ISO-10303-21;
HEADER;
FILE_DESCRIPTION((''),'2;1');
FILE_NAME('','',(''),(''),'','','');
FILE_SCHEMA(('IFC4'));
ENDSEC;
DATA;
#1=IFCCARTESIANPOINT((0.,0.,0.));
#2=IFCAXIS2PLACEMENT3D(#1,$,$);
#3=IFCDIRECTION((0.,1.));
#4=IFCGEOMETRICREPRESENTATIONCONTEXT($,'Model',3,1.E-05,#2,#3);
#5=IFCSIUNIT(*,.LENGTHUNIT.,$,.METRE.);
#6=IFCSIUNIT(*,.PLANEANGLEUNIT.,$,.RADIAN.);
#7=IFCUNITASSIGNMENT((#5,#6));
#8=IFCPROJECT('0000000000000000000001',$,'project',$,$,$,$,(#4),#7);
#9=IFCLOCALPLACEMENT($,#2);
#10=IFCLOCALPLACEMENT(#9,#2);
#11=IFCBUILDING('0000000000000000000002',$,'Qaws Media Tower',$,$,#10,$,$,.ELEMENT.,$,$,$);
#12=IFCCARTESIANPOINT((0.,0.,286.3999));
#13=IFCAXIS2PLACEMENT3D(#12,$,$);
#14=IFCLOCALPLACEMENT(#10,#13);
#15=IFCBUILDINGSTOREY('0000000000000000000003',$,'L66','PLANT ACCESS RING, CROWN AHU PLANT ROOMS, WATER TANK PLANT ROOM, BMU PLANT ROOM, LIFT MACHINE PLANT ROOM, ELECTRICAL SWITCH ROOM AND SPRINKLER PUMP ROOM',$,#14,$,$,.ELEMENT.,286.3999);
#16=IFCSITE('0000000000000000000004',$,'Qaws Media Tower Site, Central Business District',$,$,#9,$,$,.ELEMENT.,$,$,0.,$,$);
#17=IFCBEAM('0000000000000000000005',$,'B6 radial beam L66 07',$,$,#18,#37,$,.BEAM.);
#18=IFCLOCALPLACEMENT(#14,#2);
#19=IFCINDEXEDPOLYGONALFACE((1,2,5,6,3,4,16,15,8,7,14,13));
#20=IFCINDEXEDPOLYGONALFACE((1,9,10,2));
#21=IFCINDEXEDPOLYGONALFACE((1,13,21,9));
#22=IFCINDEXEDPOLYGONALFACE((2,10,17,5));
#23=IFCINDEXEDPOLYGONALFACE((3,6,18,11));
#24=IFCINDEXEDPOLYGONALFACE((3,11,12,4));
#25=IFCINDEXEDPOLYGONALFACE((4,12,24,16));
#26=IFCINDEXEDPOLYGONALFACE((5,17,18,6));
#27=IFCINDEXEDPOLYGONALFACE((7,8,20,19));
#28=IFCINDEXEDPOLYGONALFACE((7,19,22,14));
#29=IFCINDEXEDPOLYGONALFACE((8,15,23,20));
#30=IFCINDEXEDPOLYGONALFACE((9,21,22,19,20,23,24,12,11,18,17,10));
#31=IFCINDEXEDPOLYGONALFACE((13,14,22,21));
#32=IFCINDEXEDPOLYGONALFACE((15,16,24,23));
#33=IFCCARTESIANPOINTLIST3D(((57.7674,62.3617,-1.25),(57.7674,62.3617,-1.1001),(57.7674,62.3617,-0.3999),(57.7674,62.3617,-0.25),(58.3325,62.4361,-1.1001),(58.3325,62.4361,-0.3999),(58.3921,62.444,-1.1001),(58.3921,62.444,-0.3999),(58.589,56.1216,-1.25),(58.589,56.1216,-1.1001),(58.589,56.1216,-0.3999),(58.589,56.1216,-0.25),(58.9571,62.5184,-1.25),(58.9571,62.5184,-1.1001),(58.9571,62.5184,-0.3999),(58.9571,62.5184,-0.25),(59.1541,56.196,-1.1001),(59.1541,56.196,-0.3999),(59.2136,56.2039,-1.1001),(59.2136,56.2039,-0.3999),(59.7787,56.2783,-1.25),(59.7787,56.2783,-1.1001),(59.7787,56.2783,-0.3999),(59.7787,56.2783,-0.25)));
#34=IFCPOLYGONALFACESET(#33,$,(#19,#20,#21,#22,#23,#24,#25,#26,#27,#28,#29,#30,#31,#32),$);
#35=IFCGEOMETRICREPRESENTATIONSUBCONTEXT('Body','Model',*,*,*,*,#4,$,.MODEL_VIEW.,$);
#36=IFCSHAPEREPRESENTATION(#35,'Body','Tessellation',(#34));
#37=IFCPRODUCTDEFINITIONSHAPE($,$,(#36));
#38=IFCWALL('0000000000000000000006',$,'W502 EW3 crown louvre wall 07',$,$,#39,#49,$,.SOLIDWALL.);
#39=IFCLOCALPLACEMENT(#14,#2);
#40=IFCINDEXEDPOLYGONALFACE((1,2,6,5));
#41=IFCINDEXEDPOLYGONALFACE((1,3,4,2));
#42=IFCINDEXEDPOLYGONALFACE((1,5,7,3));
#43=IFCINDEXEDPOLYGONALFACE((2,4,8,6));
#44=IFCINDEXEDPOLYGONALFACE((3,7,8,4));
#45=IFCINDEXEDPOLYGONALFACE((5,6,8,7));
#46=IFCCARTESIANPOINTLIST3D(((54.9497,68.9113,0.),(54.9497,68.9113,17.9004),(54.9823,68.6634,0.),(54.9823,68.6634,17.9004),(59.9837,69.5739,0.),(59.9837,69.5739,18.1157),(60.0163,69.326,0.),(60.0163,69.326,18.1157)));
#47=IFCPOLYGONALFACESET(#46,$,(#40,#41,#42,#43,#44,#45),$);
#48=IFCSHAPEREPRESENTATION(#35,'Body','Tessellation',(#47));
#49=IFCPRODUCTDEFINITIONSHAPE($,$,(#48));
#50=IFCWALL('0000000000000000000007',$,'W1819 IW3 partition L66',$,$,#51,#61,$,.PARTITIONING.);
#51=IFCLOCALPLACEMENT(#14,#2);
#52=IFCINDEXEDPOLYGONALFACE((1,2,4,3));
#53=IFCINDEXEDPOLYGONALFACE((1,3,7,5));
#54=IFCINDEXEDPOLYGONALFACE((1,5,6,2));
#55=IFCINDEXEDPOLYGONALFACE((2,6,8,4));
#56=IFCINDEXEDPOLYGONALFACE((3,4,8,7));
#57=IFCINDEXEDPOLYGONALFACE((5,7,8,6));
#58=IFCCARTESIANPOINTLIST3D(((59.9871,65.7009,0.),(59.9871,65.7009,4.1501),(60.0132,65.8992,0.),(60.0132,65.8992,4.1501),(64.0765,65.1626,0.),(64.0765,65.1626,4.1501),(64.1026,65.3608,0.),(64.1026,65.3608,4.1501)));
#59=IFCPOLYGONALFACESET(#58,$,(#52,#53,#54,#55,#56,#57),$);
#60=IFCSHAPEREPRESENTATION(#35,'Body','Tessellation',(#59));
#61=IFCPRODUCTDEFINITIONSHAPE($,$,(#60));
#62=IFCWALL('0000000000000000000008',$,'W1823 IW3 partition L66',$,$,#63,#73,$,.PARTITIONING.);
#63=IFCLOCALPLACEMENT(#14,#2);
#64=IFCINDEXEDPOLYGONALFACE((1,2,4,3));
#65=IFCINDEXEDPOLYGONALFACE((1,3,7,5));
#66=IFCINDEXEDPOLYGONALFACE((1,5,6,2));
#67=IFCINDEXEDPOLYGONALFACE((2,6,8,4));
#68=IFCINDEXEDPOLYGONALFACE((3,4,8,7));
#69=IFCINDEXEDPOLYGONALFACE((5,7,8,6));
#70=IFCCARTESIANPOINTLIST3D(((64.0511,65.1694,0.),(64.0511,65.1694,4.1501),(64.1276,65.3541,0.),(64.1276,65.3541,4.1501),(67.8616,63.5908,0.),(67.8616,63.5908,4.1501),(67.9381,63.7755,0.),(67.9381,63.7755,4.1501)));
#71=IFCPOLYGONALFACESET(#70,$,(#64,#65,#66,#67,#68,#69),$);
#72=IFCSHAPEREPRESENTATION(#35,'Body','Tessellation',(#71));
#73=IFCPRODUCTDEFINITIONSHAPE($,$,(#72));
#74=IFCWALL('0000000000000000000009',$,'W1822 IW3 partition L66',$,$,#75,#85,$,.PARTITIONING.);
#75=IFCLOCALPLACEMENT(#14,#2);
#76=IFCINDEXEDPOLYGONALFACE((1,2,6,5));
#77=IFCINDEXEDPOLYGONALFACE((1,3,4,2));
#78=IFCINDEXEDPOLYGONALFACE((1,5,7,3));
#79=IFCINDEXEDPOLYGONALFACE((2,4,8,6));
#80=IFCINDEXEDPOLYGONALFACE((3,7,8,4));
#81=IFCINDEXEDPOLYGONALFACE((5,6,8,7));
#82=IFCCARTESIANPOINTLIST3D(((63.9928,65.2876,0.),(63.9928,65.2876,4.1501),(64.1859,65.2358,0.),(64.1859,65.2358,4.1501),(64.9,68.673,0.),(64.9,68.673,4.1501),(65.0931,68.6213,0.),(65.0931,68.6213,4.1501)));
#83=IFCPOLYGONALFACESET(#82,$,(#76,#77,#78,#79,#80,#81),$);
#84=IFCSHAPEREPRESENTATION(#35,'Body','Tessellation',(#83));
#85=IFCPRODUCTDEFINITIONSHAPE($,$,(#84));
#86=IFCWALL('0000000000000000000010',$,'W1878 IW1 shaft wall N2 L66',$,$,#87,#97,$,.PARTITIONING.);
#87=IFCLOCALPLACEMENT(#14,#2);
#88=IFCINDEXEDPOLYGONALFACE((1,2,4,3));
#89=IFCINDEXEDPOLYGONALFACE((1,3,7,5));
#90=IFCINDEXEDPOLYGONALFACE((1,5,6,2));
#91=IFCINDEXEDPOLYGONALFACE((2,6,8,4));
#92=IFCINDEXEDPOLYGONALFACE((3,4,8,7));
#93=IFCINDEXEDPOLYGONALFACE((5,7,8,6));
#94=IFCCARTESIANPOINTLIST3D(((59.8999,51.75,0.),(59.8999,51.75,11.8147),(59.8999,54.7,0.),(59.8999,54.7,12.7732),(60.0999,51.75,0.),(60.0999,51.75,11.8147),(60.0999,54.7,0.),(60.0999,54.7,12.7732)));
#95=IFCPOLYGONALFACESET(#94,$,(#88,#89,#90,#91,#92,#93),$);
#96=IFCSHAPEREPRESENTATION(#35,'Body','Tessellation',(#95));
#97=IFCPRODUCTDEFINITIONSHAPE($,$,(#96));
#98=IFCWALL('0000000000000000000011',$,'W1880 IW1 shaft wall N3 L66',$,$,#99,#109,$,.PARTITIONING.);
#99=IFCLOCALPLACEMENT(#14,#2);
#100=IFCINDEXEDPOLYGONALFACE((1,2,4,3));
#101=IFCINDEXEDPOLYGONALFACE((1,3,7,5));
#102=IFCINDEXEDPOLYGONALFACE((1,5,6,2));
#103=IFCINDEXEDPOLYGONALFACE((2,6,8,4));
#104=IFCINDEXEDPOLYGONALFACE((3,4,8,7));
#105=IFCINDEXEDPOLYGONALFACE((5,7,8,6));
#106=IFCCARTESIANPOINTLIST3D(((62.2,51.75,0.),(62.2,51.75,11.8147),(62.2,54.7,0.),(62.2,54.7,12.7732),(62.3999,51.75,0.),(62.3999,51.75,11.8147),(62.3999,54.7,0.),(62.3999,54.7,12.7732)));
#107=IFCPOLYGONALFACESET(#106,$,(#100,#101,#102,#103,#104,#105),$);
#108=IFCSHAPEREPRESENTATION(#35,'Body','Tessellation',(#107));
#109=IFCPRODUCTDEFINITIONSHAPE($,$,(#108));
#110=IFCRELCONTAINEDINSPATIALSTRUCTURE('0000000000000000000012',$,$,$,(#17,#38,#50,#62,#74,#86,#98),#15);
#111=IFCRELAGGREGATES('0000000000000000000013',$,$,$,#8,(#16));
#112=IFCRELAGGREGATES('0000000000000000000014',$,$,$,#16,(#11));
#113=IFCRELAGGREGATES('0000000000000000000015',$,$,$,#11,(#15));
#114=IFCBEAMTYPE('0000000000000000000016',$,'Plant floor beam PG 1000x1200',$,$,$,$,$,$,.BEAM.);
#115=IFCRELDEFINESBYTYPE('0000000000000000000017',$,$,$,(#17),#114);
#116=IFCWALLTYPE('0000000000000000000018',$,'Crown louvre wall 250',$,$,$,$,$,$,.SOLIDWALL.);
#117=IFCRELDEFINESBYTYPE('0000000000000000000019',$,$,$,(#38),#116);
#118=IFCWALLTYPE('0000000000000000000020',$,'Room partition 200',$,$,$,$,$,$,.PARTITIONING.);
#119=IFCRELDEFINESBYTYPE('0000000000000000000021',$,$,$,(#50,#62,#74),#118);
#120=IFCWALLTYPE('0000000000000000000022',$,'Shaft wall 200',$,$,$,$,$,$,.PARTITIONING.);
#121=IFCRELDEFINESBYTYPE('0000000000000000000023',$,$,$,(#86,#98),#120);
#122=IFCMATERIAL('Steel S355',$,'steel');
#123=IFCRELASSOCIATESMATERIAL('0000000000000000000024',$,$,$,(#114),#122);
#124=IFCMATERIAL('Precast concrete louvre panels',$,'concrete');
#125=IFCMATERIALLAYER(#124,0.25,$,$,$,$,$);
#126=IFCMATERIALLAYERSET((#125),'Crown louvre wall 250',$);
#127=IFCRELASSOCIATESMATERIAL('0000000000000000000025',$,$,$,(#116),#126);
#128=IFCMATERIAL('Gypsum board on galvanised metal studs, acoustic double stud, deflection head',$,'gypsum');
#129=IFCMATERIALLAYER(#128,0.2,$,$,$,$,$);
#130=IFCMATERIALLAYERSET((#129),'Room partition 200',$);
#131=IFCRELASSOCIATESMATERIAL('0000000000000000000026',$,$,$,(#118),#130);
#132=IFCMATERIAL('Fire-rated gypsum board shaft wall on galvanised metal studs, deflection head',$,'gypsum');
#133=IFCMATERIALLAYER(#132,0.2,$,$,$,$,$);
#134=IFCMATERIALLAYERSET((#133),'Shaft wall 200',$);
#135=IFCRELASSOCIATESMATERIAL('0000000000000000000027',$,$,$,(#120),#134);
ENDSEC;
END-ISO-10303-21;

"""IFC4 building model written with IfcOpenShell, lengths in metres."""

from ifc_helpers import new_model, si_unit, direction, frame, frame_2d, origin, origin_2d, place, context, subcontext, project, spatial, polyline, rectangle, i_section, outline, extrude, material, layer, layer_set, material_profile, profile_set, type_object, element, save


model = new_model("IFC4")

# Units and contexts
model_context = context("Model", 3, precision=1e-05, world=origin(), true_north=direction((0.0, 1.0)))
body_context = subcontext(model_context, "Body", "Model", "MODEL_VIEW")
ifc_project = project(units=[si_unit("LENGTHUNIT", "METRE"), si_unit("PLANEANGLEUNIT", "RADIAN")], contexts=[model_context])

# Site, building, storey
site_placement = place(None, origin())
site = spatial("IfcSite", under=ifc_project, at=site_placement, Name="Qaws Media Tower Site, Central Business District", CompositionType="ELEMENT", RefElevation=0.0)
building_placement = place(site_placement, origin())
building = spatial("IfcBuilding", under=site, at=building_placement, Name="Qaws Media Tower", CompositionType="ELEMENT")
storey_placement = place(building_placement, frame((0.0, 0.0, 286.3999)))
storey = spatial("IfcBuildingStorey", under=building, at=storey_placement, Name="L66", Description="PLANT ACCESS RING, CROWN AHU PLANT ROOMS, WATER TANK PLANT ROOM, BMU PLANT ROOM, LIFT MACHINE PLANT ROOM, ELECTRICAL SWITCH ROOM AND SPRINKLER PUMP ROOM", CompositionType="ELEMENT", Elevation=286.3999)

# Beam
ifc_material_1 = material(Name="Steel S355", Category="steel")
ifc_material_profile_1 = material_profile(ifc_material_1, i_section(OverallWidth=1.2, OverallDepth=1.0, WebThickness=0.0601, FlangeThickness=0.1499, at=origin_2d()), Name="PG 1000x1200")
ifc_profile_set_1 = profile_set([ifc_material_profile_1], Name="Steel S355")
beam_type_1 = type_object("IfcBeamType", Name="Plant floor beam PG 1000x1200", PredefinedType="BEAM", material=ifc_profile_set_1)
for number, where, z_axis, x_axis, name in (
    (1, (59.1838, 56.2, -0.75), (-0.13053, 0.991444, 0.0), (-0.991444, -0.13053, 0.0), "B6 radial beam L66 07"),
):
    element("IfcBeam", number, at=place(storey_placement, frame(where, z_axis=z_axis, x_axis=x_axis)), inside=storey, type_object=beam_type_1, Name=name, PredefinedType="BEAM", context=body_context, shape_type="SweptSolid", body=[
        extrude(i_section(OverallWidth=1.2, OverallDepth=1.0, WebThickness=0.0601, FlangeThickness=0.1499, at=origin_2d()), origin(), (0.0, 0.0, 1.0), 6.2939),
    ])

# Walls
ifc_material_2 = material(Name="Precast concrete louvre panels", Category="concrete")
ifc_layer_1 = layer(ifc_material_2, 0.25)
ifc_layer_set_1 = layer_set([ifc_layer_1], Name="Crown louvre wall 250")
wall_type_1 = type_object("IfcWallType", Name="Crown louvre wall 250", PredefinedType="SOLIDWALL", material=ifc_layer_set_1)
wall_1_placement = place(storey_placement, frame((60.0, 69.45, 0.0), z_axis=(0.0, 0.0, 1.0), x_axis=(-0.991448, -0.130501, 0.0)))
element("IfcWall", 2, at=wall_1_placement, inside=storey, type_object=wall_type_1, Name="W502 EW3 crown louvre wall 07", PredefinedType="SOLIDWALL", context=body_context, shape_type="SweptSolid", body=[
    extrude(outline(polyline([(0.0, 0.0), (5.0774, 0.0), (5.0774, 17.9004), (0.0, 18.1157), (0.0, 0.0)])), frame((0.0, 0.125, 0.0), z_axis=(0.0, -1.0, 0.0), x_axis=(1.0, 0.0, 0.0)), (0.0, 0.0, 1.0), 0.25),
])
ifc_material_3 = material(Name="Gypsum board on galvanised metal studs, acoustic double stud, deflection head", Category="gypsum")
ifc_layer_2 = layer(ifc_material_3, 0.2)
ifc_layer_set_2 = layer_set([ifc_layer_2], Name="Room partition 200")
wall_type_2 = type_object("IfcWallType", Name="Room partition 200", PredefinedType="PARTITIONING", material=ifc_layer_set_2)
wall_2_placement = place(storey_placement, frame((60.0, 65.8, 0.0), z_axis=(0.0, 0.0, 1.0), x_axis=(0.991446, -0.130516, 0.0)))
element("IfcWall", 3, at=wall_2_placement, inside=storey, type_object=wall_type_2, Name="W1819 IW3 partition L66", PredefinedType="PARTITIONING", context=body_context, shape_type="SweptSolid", body=[
    extrude(rectangle(XDim=4.1248, YDim=0.2, at=frame_2d((2.0625, 0.0))), origin(), (0.0, 0.0, 1.0), 4.1501),
])
wall_3_placement = place(storey_placement, frame((64.0894, 65.2617, 0.0), z_axis=(0.0, 0.0, 1.0), x_axis=(0.92386, -0.382732, 0.0)))
element("IfcWall", 4, at=wall_3_placement, inside=storey, type_object=wall_type_2, Name="W1823 IW3 partition L66", PredefinedType="PARTITIONING", context=body_context, shape_type="SweptSolid", body=[
    extrude(rectangle(XDim=4.1245, YDim=0.2, at=frame_2d((2.0623, 0.0))), origin(), (0.0, 0.0, 1.0), 4.1501),
])
wall_4_placement = place(storey_placement, frame((64.0894, 65.2617, 0.0), z_axis=(0.0, 0.0, 1.0), x_axis=(0.258842, 0.96592, 0.0)))
element("IfcWall", 5, at=wall_4_placement, inside=storey, type_object=wall_type_2, Name="W1822 IW3 partition L66", PredefinedType="PARTITIONING", context=body_context, shape_type="SweptSolid", body=[
    extrude(rectangle(XDim=3.5049, YDim=0.2, at=frame_2d((1.7524, 0.0))), origin(), (0.0, 0.0, 1.0), 4.1501),
])
ifc_material_4 = material(Name="Fire-rated gypsum board shaft wall on galvanised metal studs, deflection head", Category="gypsum")
ifc_layer_3 = layer(ifc_material_4, 0.2)
ifc_layer_set_3 = layer_set([ifc_layer_3], Name="Shaft wall 200")
wall_type_3 = type_object("IfcWallType", Name="Shaft wall 200", PredefinedType="PARTITIONING", material=ifc_layer_set_3)
for number, where, z_axis, x_axis, name in (
    (6, (60.0, 51.75, 0.0), (0.0, 0.0, 1.0), (0.0, 1.0, 0.0), "W1878 IW1 shaft wall N2 L66"),
    (7, (62.3, 51.75, 0.0), (0.0, 0.0, 1.0), (0.0, 1.0, 0.0), "W1880 IW1 shaft wall N3 L66"),
):
    element("IfcWall", number, at=place(storey_placement, frame(where, z_axis=z_axis, x_axis=x_axis)), inside=storey, type_object=wall_type_3, Name=name, PredefinedType="PARTITIONING", context=body_context, shape_type="SweptSolid", body=[
        extrude(outline(polyline([(0.0, 0.0), (2.95, 0.0), (2.95, 12.7732), (0.0, 11.8147), (0.0, 0.0)])), frame((0.0, 0.1001, 0.0), z_axis=(0.0, -1.0, 0.0), x_axis=(1.0, 0.0, 0.0)), (0.0, 0.0, 1.0), 0.2),
    ])

save(model, "model.ifc")
